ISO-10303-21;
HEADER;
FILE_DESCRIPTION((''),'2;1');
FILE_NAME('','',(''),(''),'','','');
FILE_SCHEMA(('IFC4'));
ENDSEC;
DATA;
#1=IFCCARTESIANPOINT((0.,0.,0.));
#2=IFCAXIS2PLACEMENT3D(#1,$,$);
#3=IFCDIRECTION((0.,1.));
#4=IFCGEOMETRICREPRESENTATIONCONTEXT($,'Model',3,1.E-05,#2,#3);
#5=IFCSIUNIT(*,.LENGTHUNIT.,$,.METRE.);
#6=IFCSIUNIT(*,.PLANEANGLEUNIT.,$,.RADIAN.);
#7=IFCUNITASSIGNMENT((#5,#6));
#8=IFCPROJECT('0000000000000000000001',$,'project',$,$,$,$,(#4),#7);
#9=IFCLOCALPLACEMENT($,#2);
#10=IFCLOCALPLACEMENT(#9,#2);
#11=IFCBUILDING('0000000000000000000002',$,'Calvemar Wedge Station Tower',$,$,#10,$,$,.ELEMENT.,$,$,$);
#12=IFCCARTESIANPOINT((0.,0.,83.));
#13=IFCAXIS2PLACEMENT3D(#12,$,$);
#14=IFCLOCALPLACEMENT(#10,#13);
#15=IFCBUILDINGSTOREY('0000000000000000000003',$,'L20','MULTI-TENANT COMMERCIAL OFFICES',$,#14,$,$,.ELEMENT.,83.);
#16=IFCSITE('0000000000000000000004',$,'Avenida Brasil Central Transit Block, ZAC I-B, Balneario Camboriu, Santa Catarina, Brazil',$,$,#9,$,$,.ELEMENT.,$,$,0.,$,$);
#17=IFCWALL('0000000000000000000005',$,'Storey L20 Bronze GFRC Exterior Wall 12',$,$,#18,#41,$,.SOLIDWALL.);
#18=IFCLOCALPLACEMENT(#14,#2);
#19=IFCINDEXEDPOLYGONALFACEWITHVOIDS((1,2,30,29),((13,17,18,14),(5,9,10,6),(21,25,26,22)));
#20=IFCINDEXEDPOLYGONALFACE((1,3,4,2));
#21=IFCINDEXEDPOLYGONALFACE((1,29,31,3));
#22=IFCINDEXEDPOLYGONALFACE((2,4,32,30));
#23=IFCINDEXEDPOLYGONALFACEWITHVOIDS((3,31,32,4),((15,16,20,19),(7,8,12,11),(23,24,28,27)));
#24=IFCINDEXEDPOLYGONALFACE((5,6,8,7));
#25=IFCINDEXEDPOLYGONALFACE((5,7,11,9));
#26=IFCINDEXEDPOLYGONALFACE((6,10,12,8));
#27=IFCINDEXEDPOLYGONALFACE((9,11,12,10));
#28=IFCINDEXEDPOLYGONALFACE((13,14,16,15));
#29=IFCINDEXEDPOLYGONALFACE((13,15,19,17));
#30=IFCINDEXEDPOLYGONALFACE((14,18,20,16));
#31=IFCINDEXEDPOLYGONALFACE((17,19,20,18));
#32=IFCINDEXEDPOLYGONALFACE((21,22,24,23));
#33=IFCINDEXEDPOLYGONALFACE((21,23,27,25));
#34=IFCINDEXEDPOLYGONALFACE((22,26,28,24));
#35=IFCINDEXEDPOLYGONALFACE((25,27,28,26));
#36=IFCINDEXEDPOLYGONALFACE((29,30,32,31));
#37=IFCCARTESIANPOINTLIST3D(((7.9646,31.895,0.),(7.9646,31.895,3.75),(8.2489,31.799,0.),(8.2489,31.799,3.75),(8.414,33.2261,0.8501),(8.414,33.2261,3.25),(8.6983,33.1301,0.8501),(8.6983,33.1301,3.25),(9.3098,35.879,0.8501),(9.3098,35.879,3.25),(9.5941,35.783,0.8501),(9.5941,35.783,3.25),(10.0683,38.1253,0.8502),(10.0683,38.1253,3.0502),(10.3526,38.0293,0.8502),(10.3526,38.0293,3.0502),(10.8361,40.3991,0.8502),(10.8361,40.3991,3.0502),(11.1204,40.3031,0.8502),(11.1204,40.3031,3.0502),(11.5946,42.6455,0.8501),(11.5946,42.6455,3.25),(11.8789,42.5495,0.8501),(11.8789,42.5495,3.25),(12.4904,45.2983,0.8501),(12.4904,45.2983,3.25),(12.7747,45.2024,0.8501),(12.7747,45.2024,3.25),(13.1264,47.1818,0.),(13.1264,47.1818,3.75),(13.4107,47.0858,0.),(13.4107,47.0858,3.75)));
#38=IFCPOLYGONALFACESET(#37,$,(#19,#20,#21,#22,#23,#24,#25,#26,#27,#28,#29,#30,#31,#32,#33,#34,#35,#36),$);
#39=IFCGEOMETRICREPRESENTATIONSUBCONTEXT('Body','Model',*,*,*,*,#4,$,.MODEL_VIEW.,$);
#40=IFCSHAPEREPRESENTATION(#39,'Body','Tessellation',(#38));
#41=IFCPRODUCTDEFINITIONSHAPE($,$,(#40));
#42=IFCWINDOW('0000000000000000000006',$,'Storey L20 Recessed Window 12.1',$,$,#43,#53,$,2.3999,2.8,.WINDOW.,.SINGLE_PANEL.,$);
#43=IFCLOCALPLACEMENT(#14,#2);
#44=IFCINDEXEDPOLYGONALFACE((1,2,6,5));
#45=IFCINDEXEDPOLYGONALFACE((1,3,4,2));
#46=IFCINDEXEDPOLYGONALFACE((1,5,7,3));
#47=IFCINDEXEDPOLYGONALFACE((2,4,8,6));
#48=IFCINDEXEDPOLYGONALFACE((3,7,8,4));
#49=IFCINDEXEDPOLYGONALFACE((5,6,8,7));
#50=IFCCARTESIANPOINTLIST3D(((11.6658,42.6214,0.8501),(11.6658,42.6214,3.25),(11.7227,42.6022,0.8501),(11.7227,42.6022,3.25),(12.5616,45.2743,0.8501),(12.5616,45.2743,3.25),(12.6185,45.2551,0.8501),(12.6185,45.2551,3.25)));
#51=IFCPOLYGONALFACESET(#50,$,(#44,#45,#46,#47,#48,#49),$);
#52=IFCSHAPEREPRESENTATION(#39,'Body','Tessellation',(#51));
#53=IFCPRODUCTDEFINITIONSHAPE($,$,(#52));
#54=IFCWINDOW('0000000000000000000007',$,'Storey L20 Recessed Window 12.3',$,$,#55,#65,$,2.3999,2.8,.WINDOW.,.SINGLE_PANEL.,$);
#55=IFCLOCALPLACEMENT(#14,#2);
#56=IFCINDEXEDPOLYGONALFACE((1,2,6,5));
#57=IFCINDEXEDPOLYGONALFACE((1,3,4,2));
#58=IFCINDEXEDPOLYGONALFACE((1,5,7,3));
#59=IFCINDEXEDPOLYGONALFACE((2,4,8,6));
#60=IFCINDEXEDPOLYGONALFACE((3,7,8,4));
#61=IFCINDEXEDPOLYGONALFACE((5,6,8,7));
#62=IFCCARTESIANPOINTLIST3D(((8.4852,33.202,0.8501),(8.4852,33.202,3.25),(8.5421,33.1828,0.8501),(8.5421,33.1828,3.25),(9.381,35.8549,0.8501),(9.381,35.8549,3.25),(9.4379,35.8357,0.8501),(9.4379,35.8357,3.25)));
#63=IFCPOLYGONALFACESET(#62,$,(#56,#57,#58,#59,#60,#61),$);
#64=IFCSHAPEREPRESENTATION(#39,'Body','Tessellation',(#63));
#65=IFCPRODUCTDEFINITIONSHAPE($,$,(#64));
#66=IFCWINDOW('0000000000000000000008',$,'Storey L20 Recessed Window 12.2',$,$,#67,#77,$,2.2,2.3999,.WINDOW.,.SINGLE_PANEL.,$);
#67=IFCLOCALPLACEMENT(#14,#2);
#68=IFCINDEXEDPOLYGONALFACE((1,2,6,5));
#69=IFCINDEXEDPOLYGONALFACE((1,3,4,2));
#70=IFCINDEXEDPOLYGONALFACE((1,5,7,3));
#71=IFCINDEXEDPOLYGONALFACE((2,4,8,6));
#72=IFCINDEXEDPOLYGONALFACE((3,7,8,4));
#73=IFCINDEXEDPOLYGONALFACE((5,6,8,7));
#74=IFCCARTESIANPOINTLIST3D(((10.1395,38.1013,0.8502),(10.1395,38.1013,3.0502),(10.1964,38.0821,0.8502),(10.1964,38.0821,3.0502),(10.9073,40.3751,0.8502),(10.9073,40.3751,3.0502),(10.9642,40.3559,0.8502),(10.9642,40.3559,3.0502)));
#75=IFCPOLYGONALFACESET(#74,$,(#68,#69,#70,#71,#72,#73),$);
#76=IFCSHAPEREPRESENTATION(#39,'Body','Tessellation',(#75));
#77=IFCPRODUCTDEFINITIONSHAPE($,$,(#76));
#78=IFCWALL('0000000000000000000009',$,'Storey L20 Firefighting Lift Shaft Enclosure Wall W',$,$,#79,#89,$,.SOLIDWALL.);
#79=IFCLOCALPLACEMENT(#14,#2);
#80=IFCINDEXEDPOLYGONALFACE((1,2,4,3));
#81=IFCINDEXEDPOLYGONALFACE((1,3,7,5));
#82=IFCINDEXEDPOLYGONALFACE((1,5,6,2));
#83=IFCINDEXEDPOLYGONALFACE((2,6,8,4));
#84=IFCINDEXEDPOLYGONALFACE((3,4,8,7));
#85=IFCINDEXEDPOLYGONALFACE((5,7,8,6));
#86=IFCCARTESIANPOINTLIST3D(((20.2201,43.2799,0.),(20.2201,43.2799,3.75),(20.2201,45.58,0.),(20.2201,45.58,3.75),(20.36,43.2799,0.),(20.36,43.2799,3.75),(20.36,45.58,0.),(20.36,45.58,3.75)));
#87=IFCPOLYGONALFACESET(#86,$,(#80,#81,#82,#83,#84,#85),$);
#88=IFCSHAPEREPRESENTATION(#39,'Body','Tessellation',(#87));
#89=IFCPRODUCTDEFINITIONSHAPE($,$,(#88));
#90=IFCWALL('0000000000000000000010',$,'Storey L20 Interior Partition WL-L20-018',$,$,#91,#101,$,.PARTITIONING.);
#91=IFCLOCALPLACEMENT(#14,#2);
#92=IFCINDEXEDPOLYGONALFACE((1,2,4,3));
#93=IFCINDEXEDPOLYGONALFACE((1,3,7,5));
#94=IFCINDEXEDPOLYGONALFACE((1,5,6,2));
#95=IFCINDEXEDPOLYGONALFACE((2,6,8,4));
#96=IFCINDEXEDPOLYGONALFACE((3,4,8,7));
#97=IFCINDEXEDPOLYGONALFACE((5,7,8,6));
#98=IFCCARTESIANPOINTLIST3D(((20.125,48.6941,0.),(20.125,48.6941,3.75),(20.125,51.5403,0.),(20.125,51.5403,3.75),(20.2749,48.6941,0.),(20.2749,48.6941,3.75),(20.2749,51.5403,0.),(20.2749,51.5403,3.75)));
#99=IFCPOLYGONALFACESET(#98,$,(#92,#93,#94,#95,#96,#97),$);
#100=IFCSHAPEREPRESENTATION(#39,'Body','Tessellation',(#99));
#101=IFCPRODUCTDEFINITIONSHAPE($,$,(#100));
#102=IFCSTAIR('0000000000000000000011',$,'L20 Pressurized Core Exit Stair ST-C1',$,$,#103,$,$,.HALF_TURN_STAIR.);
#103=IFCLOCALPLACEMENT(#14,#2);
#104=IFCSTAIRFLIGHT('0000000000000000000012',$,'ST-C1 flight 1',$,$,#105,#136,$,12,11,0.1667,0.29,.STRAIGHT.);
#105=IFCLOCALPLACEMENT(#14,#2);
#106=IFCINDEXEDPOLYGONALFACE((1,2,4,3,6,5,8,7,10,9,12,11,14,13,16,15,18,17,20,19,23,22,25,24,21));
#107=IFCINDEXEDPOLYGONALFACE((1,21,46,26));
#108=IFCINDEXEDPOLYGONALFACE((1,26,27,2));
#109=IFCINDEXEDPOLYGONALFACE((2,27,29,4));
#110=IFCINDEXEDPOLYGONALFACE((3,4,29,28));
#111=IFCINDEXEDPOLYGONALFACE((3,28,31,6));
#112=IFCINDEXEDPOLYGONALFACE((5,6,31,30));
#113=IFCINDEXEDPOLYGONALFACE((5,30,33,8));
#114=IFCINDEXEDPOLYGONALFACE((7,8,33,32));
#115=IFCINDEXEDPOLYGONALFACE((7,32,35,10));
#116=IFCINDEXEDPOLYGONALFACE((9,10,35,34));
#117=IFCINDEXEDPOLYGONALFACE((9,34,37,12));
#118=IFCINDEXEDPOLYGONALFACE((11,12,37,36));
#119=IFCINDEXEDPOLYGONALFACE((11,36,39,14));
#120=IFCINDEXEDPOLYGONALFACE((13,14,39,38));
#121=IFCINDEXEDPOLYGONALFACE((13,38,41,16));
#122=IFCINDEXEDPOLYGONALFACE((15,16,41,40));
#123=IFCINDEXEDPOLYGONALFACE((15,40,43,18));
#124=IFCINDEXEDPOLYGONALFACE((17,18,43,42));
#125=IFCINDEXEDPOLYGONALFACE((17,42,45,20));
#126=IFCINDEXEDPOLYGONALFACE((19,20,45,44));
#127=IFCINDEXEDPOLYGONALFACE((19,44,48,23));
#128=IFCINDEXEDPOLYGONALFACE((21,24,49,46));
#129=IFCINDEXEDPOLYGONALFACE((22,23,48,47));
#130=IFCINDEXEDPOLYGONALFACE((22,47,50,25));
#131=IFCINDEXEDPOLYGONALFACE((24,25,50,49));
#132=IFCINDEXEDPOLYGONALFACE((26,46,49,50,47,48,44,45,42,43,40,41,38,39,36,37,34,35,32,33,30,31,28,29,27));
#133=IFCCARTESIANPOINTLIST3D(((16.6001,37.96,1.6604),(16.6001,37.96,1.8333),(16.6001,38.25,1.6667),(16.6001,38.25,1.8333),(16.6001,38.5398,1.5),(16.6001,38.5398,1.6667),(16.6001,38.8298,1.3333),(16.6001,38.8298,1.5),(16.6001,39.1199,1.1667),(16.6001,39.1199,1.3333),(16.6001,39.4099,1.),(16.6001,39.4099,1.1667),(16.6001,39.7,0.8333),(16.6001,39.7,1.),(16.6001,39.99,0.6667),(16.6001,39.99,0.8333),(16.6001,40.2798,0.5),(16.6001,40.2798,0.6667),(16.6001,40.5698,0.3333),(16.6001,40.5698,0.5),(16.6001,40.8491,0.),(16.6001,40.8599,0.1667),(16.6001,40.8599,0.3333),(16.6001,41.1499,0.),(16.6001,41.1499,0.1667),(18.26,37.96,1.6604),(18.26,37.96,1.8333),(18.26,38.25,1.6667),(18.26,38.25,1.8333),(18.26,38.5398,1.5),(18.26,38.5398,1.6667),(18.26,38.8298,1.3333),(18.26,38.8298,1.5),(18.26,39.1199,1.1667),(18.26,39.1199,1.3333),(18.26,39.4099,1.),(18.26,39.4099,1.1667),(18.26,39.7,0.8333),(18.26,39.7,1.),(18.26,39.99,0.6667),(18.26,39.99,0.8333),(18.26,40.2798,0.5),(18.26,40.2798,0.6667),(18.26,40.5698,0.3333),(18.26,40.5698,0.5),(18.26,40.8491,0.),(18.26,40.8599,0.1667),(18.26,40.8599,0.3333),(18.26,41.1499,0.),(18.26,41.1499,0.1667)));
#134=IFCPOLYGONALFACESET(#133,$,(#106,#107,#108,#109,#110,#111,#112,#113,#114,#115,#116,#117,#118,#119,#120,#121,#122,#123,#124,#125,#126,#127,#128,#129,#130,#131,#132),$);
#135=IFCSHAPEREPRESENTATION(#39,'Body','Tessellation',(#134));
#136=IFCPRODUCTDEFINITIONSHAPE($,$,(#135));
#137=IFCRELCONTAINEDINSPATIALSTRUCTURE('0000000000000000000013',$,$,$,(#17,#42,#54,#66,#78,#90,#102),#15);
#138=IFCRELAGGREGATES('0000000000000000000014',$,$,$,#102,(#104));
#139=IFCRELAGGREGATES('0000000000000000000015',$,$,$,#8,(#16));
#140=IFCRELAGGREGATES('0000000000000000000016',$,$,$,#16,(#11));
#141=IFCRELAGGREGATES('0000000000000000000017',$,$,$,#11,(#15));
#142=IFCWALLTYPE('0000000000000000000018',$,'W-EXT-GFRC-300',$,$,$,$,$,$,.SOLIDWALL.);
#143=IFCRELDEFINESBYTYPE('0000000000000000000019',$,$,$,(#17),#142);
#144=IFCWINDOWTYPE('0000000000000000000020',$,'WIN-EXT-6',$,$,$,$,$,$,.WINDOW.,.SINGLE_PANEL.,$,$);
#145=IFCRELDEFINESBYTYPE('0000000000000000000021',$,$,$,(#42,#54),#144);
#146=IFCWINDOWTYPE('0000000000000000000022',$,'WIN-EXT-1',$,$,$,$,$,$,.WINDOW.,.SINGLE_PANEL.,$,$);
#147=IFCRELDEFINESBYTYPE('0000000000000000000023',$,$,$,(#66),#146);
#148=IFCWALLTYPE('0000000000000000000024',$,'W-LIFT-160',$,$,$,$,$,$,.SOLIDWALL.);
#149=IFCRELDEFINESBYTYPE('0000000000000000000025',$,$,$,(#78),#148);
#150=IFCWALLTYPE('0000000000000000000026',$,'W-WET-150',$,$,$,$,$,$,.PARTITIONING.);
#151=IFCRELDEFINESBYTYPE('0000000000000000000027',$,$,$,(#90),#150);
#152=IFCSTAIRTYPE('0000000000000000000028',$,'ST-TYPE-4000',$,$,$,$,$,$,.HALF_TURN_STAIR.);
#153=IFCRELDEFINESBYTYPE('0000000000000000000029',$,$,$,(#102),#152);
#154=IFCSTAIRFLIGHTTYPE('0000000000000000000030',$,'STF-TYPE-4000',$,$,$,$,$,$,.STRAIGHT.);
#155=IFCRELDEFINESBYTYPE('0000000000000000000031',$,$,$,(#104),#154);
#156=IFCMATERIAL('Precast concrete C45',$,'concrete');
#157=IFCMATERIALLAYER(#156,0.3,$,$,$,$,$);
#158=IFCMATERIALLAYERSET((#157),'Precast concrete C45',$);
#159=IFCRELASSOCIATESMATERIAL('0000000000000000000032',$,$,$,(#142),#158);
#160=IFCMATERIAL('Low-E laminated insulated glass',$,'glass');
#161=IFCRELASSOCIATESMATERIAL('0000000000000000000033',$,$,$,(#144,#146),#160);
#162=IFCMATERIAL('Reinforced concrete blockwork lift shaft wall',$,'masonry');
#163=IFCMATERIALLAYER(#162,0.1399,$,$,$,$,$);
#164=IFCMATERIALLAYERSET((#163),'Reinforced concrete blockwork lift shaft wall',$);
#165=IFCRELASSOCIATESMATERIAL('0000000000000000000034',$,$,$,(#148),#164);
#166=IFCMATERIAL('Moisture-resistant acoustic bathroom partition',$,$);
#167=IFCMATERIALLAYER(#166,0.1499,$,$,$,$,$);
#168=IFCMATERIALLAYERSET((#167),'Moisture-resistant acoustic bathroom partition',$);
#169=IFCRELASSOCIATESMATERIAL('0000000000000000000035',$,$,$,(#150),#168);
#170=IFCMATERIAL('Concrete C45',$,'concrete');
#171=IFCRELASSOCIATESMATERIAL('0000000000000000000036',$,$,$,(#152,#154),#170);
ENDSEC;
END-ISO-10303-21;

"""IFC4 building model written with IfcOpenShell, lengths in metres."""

from ifc_helpers import new_model, si_unit, direction, frame, frame_2d, origin, place, context, subcontext, project, spatial, polyline, rectangle, outline, extrude, source, transform, mapped, material, layer, layer_set, type_object, element, fill, aggregate, save


model = new_model("IFC4")

# Units and contexts
model_context = context("Model", 3, precision=1e-05, world=origin(), true_north=direction((0.0, 1.0)))
body_context = subcontext(model_context, "Body", "Model", "MODEL_VIEW")
ifc_project = project(units=[si_unit("LENGTHUNIT", "METRE"), si_unit("PLANEANGLEUNIT", "RADIAN")], contexts=[model_context])

# Site, building, storey
site_placement = place(None, origin())
site = spatial("IfcSite", under=ifc_project, at=site_placement, Name="Avenida Brasil Central Transit Block, ZAC I-B, Balneario Camboriu, Santa Catarina, Brazil", CompositionType="ELEMENT", RefElevation=0.0)
building_placement = place(site_placement, origin())
building = spatial("IfcBuilding", under=site, at=building_placement, Name="Calvemar Wedge Station Tower", CompositionType="ELEMENT")
storey_placement = place(building_placement, frame((0.0, 0.0, 83.0)))
storey = spatial("IfcBuildingStorey", under=building, at=storey_placement, Name="L20", Description="MULTI-TENANT COMMERCIAL OFFICES", CompositionType="ELEMENT", Elevation=83.0)

# Shared definitions
ifc_material_1 = material(Name="Precast concrete C45", Category="concrete")

# Wall, openings, windows
ifc_layer_1 = layer(ifc_material_1, 0.3)
ifc_layer_set_1 = layer_set([ifc_layer_1], Name="Precast concrete C45")
wall_type_1 = type_object("IfcWallType", Name="W-EXT-GFRC-300", PredefinedType="SOLIDWALL", material=ifc_layer_set_1)
wall_1_placement = place(storey_placement, frame((13.2686, 47.1338, 0.0), z_axis=(0.0, 0.0, 1.0), x_axis=(-0.31992, -0.947444, 0.0)))
wall_1 = element("IfcWall", 1, at=wall_1_placement, inside=storey, type_object=wall_type_1, Name="Storey L20 Bronze GFRC Exterior Wall 12", PredefinedType="SOLIDWALL", context=body_context, shape_type="SweptSolid", body=[
    extrude(rectangle(XDim=16.1348, YDim=0.3, at=frame_2d((8.0674, 0.0))), origin(), (0.0, 0.0, 1.0), 3.75),
])
shared_shape_1 = source(origin(), body_context, "Body", "SweptSolid", [
    extrude(rectangle(XDim=2.8, YDim=2.3999, at=frame_2d((1.3999, 1.2))), frame((0.0, 0.1602, 0.0), z_axis=(0.0, -1.0, 0.0), x_axis=(1.0, 0.0, 0.0)), (0.0, 0.0, 1.0), 0.3201),
])
opening_1_placement = place(wall_1_placement, frame((1.988, 0.0, 0.8501)))
opening_1 = element("IfcOpeningElement", 2, at=opening_1_placement, cuts=wall_1, PredefinedType="OPENING", context=body_context, shape_type="MappedRepresentation", body=[
    mapped(shared_shape_1, transform((0.0, 0.0, 0.0), scale=1.0)),
])
shared_shape_2 = source(origin(), body_context, "Body", "SweptSolid", [
    extrude(rectangle(XDim=2.3999, YDim=2.2, at=frame_2d((1.2, 1.1001))), frame((0.0, 0.1602, 0.0), z_axis=(0.0, -1.0, 0.0), x_axis=(1.0, 0.0, 0.0)), (0.0, 0.0, 1.0), 0.3201),
])
opening_2_placement = place(wall_1_placement, frame((7.1589, 0.0, 0.8501)))
opening_2 = element("IfcOpeningElement", 3, at=opening_2_placement, cuts=wall_1, PredefinedType="OPENING", context=body_context, shape_type="MappedRepresentation", body=[
    mapped(shared_shape_2, transform((0.0, 0.0, 0.0), scale=1.0)),
])
opening_3_placement = place(wall_1_placement, frame((11.9299, 0.0, 0.8501)))
opening_3 = element("IfcOpeningElement", 4, at=opening_3_placement, cuts=wall_1, PredefinedType="OPENING", context=body_context, shape_type="MappedRepresentation", body=[
    mapped(shared_shape_1, transform((0.0, 0.0, 0.0), scale=1.0)),
])
ifc_material_2 = material(Name="Low-E laminated insulated glass", Category="glass")
window_type_1 = type_object("IfcWindowType", Name="WIN-EXT-6", PartitioningType="SINGLE_PANEL", PredefinedType="WINDOW", material=ifc_material_2)
shared_shape_3 = source(origin(), body_context, "Body", "SweptSolid", [
    extrude(rectangle(XDim=2.8, YDim=2.3999, at=frame_2d((1.3999, 1.2))), frame((0.0, -0.0149, 0.0), z_axis=(0.0, -1.0, 0.0), x_axis=(1.0, 0.0, 0.0)), (0.0, 0.0, 1.0), 0.0601),
])
window_1_placement = place(opening_1_placement, origin())
window_1 = element("IfcWindow", 5, at=window_1_placement, inside=storey, type_object=window_type_1, Name="Storey L20 Recessed Window 12.1", OverallHeight=2.3999, OverallWidth=2.8, PartitioningType="SINGLE_PANEL", PredefinedType="WINDOW", context=body_context, shape_type="MappedRepresentation", body=[
    mapped(shared_shape_3, transform((0.0, 0.0, 0.0), scale=1.0)),
])
fill(opening_1, window_1)
window_2_placement = place(opening_3_placement, origin())
window_2 = element("IfcWindow", 6, at=window_2_placement, inside=storey, type_object=window_type_1, Name="Storey L20 Recessed Window 12.3", OverallHeight=2.3999, OverallWidth=2.8, PartitioningType="SINGLE_PANEL", PredefinedType="WINDOW", context=body_context, shape_type="MappedRepresentation", body=[
    mapped(shared_shape_3, transform((0.0, 0.0, 0.0), scale=1.0)),
])
fill(opening_3, window_2)
window_type_2 = type_object("IfcWindowType", Name="WIN-EXT-1", PartitioningType="SINGLE_PANEL", PredefinedType="WINDOW", material=ifc_material_2)
shared_shape_4 = source(origin(), body_context, "Body", "SweptSolid", [
    extrude(rectangle(XDim=2.3999, YDim=2.2, at=frame_2d((1.2, 1.1001))), frame((0.0, -0.0149, 0.0), z_axis=(0.0, -1.0, 0.0), x_axis=(1.0, 0.0, 0.0)), (0.0, 0.0, 1.0), 0.0601),
])
window_3_placement = place(opening_2_placement, origin())
window_3 = element("IfcWindow", 7, at=window_3_placement, inside=storey, type_object=window_type_2, Name="Storey L20 Recessed Window 12.2", OverallHeight=2.2, OverallWidth=2.3999, PartitioningType="SINGLE_PANEL", PredefinedType="WINDOW", context=body_context, shape_type="MappedRepresentation", body=[
    mapped(shared_shape_4, transform((0.0, 0.0, 0.0), scale=1.0)),
])
fill(opening_2, window_3)

# Shared definitions
ifc_material_3 = material(Name="Reinforced concrete blockwork lift shaft wall", Category="masonry")
ifc_layer_2 = layer(ifc_material_3, 0.1399)
ifc_layer_set_2 = layer_set([ifc_layer_2], Name="Reinforced concrete blockwork lift shaft wall")
wall_type_2 = type_object("IfcWallType", Name="W-LIFT-160", PredefinedType="SOLIDWALL", material=ifc_layer_set_2)

# Walls
wall_2_placement = place(storey_placement, frame((20.29, 43.28, 0.0), z_axis=(0.0, 0.0, 1.0), x_axis=(0.0, 1.0, 0.0)))
element("IfcWall", 8, at=wall_2_placement, inside=storey, type_object=wall_type_2, Name="Storey L20 Firefighting Lift Shaft Enclosure Wall W", PredefinedType="SOLIDWALL", context=body_context, shape_type="SweptSolid", body=[
    extrude(rectangle(XDim=2.3, YDim=0.1399, at=frame_2d((1.1499, 0.0))), origin(), (0.0, 0.0, 1.0), 3.75),
])
ifc_material_4 = material(Name="Moisture-resistant acoustic bathroom partition")
ifc_layer_3 = layer(ifc_material_4, 0.1499)
ifc_layer_set_3 = layer_set([ifc_layer_3], Name="Moisture-resistant acoustic bathroom partition")
wall_type_3 = type_object("IfcWallType", Name="W-WET-150", PredefinedType="PARTITIONING", material=ifc_layer_set_3)
wall_3_placement = place(storey_placement, frame((20.2, 51.5403, 0.0), z_axis=(0.0, 0.0, 1.0), x_axis=(0.0, -1.0, 0.0)))
element("IfcWall", 9, at=wall_3_placement, inside=storey, type_object=wall_type_3, Name="Storey L20 Interior Partition WL-L20-018", PredefinedType="PARTITIONING", context=body_context, shape_type="SweptSolid", body=[
    extrude(rectangle(XDim=2.8462, YDim=0.1499, at=frame_2d((1.4231, 0.0))), origin(), (0.0, 0.0, 1.0), 3.75),
])

# Stair, stair flight
ifc_material_5 = material(Name="Concrete C45", Category="concrete")
stair_type = type_object("IfcStairType", Name="ST-TYPE-4000", PredefinedType="HALF_TURN_STAIR", material=ifc_material_5)
stair_placement = place(storey_placement, origin())
stair = element("IfcStair", 10, at=stair_placement, inside=storey, type_object=stair_type, Name="L20 Pressurized Core Exit Stair ST-C1", PredefinedType="HALF_TURN_STAIR")
stair_flight_type = type_object("IfcStairFlightType", Name="STF-TYPE-4000", PredefinedType="STRAIGHT", material=ifc_material_5)
stair_flight_placement = place(storey_placement, frame((17.4299, 41.1499, 0.0), z_axis=(0.0, 0.0, 1.0), x_axis=(0.0, -1.0, 0.0)))
stair_flight = element("IfcStairFlight", 11, at=stair_flight_placement, type_object=stair_flight_type, Name="ST-C1 flight 1", NumberOfRisers=12, NumberOfTreads=11, PredefinedType="STRAIGHT", RiserHeight=0.1667, TreadLength=0.29, context=body_context, shape_type="SweptSolid", body=[
    extrude(outline(polyline([(0.0, 0.0), (0.0, 0.1667), (0.29, 0.1667), (0.29, 0.3333), (0.5801, 0.3333), (0.5801, 0.5), (0.8701, 0.5), (0.8701, 0.6667), (1.1599, 0.6667), (1.1599, 0.8333), (1.45, 0.8333), (1.45, 1.0), (1.74, 1.0), (1.74, 1.1667), (2.03, 1.1667), (2.03, 1.3333), (2.3201, 1.3333), (2.3201, 1.5), (2.6101, 1.5), (2.6101, 1.6667), (2.8999, 1.6667), (2.8999, 1.8333), (3.1899, 1.8333), (3.1899, 2.0), (3.1899, 1.6604), (0.3008, 0.0), (0.0, 0.0)])), frame((0.0, 0.8301, 0.0), z_axis=(0.0, -1.0, 0.0), x_axis=(1.0, 0.0, 0.0)), (0.0, 0.0, 1.0), 1.6599),
])
aggregate(stair, [stair_flight])

save(model, "model.ifc")
